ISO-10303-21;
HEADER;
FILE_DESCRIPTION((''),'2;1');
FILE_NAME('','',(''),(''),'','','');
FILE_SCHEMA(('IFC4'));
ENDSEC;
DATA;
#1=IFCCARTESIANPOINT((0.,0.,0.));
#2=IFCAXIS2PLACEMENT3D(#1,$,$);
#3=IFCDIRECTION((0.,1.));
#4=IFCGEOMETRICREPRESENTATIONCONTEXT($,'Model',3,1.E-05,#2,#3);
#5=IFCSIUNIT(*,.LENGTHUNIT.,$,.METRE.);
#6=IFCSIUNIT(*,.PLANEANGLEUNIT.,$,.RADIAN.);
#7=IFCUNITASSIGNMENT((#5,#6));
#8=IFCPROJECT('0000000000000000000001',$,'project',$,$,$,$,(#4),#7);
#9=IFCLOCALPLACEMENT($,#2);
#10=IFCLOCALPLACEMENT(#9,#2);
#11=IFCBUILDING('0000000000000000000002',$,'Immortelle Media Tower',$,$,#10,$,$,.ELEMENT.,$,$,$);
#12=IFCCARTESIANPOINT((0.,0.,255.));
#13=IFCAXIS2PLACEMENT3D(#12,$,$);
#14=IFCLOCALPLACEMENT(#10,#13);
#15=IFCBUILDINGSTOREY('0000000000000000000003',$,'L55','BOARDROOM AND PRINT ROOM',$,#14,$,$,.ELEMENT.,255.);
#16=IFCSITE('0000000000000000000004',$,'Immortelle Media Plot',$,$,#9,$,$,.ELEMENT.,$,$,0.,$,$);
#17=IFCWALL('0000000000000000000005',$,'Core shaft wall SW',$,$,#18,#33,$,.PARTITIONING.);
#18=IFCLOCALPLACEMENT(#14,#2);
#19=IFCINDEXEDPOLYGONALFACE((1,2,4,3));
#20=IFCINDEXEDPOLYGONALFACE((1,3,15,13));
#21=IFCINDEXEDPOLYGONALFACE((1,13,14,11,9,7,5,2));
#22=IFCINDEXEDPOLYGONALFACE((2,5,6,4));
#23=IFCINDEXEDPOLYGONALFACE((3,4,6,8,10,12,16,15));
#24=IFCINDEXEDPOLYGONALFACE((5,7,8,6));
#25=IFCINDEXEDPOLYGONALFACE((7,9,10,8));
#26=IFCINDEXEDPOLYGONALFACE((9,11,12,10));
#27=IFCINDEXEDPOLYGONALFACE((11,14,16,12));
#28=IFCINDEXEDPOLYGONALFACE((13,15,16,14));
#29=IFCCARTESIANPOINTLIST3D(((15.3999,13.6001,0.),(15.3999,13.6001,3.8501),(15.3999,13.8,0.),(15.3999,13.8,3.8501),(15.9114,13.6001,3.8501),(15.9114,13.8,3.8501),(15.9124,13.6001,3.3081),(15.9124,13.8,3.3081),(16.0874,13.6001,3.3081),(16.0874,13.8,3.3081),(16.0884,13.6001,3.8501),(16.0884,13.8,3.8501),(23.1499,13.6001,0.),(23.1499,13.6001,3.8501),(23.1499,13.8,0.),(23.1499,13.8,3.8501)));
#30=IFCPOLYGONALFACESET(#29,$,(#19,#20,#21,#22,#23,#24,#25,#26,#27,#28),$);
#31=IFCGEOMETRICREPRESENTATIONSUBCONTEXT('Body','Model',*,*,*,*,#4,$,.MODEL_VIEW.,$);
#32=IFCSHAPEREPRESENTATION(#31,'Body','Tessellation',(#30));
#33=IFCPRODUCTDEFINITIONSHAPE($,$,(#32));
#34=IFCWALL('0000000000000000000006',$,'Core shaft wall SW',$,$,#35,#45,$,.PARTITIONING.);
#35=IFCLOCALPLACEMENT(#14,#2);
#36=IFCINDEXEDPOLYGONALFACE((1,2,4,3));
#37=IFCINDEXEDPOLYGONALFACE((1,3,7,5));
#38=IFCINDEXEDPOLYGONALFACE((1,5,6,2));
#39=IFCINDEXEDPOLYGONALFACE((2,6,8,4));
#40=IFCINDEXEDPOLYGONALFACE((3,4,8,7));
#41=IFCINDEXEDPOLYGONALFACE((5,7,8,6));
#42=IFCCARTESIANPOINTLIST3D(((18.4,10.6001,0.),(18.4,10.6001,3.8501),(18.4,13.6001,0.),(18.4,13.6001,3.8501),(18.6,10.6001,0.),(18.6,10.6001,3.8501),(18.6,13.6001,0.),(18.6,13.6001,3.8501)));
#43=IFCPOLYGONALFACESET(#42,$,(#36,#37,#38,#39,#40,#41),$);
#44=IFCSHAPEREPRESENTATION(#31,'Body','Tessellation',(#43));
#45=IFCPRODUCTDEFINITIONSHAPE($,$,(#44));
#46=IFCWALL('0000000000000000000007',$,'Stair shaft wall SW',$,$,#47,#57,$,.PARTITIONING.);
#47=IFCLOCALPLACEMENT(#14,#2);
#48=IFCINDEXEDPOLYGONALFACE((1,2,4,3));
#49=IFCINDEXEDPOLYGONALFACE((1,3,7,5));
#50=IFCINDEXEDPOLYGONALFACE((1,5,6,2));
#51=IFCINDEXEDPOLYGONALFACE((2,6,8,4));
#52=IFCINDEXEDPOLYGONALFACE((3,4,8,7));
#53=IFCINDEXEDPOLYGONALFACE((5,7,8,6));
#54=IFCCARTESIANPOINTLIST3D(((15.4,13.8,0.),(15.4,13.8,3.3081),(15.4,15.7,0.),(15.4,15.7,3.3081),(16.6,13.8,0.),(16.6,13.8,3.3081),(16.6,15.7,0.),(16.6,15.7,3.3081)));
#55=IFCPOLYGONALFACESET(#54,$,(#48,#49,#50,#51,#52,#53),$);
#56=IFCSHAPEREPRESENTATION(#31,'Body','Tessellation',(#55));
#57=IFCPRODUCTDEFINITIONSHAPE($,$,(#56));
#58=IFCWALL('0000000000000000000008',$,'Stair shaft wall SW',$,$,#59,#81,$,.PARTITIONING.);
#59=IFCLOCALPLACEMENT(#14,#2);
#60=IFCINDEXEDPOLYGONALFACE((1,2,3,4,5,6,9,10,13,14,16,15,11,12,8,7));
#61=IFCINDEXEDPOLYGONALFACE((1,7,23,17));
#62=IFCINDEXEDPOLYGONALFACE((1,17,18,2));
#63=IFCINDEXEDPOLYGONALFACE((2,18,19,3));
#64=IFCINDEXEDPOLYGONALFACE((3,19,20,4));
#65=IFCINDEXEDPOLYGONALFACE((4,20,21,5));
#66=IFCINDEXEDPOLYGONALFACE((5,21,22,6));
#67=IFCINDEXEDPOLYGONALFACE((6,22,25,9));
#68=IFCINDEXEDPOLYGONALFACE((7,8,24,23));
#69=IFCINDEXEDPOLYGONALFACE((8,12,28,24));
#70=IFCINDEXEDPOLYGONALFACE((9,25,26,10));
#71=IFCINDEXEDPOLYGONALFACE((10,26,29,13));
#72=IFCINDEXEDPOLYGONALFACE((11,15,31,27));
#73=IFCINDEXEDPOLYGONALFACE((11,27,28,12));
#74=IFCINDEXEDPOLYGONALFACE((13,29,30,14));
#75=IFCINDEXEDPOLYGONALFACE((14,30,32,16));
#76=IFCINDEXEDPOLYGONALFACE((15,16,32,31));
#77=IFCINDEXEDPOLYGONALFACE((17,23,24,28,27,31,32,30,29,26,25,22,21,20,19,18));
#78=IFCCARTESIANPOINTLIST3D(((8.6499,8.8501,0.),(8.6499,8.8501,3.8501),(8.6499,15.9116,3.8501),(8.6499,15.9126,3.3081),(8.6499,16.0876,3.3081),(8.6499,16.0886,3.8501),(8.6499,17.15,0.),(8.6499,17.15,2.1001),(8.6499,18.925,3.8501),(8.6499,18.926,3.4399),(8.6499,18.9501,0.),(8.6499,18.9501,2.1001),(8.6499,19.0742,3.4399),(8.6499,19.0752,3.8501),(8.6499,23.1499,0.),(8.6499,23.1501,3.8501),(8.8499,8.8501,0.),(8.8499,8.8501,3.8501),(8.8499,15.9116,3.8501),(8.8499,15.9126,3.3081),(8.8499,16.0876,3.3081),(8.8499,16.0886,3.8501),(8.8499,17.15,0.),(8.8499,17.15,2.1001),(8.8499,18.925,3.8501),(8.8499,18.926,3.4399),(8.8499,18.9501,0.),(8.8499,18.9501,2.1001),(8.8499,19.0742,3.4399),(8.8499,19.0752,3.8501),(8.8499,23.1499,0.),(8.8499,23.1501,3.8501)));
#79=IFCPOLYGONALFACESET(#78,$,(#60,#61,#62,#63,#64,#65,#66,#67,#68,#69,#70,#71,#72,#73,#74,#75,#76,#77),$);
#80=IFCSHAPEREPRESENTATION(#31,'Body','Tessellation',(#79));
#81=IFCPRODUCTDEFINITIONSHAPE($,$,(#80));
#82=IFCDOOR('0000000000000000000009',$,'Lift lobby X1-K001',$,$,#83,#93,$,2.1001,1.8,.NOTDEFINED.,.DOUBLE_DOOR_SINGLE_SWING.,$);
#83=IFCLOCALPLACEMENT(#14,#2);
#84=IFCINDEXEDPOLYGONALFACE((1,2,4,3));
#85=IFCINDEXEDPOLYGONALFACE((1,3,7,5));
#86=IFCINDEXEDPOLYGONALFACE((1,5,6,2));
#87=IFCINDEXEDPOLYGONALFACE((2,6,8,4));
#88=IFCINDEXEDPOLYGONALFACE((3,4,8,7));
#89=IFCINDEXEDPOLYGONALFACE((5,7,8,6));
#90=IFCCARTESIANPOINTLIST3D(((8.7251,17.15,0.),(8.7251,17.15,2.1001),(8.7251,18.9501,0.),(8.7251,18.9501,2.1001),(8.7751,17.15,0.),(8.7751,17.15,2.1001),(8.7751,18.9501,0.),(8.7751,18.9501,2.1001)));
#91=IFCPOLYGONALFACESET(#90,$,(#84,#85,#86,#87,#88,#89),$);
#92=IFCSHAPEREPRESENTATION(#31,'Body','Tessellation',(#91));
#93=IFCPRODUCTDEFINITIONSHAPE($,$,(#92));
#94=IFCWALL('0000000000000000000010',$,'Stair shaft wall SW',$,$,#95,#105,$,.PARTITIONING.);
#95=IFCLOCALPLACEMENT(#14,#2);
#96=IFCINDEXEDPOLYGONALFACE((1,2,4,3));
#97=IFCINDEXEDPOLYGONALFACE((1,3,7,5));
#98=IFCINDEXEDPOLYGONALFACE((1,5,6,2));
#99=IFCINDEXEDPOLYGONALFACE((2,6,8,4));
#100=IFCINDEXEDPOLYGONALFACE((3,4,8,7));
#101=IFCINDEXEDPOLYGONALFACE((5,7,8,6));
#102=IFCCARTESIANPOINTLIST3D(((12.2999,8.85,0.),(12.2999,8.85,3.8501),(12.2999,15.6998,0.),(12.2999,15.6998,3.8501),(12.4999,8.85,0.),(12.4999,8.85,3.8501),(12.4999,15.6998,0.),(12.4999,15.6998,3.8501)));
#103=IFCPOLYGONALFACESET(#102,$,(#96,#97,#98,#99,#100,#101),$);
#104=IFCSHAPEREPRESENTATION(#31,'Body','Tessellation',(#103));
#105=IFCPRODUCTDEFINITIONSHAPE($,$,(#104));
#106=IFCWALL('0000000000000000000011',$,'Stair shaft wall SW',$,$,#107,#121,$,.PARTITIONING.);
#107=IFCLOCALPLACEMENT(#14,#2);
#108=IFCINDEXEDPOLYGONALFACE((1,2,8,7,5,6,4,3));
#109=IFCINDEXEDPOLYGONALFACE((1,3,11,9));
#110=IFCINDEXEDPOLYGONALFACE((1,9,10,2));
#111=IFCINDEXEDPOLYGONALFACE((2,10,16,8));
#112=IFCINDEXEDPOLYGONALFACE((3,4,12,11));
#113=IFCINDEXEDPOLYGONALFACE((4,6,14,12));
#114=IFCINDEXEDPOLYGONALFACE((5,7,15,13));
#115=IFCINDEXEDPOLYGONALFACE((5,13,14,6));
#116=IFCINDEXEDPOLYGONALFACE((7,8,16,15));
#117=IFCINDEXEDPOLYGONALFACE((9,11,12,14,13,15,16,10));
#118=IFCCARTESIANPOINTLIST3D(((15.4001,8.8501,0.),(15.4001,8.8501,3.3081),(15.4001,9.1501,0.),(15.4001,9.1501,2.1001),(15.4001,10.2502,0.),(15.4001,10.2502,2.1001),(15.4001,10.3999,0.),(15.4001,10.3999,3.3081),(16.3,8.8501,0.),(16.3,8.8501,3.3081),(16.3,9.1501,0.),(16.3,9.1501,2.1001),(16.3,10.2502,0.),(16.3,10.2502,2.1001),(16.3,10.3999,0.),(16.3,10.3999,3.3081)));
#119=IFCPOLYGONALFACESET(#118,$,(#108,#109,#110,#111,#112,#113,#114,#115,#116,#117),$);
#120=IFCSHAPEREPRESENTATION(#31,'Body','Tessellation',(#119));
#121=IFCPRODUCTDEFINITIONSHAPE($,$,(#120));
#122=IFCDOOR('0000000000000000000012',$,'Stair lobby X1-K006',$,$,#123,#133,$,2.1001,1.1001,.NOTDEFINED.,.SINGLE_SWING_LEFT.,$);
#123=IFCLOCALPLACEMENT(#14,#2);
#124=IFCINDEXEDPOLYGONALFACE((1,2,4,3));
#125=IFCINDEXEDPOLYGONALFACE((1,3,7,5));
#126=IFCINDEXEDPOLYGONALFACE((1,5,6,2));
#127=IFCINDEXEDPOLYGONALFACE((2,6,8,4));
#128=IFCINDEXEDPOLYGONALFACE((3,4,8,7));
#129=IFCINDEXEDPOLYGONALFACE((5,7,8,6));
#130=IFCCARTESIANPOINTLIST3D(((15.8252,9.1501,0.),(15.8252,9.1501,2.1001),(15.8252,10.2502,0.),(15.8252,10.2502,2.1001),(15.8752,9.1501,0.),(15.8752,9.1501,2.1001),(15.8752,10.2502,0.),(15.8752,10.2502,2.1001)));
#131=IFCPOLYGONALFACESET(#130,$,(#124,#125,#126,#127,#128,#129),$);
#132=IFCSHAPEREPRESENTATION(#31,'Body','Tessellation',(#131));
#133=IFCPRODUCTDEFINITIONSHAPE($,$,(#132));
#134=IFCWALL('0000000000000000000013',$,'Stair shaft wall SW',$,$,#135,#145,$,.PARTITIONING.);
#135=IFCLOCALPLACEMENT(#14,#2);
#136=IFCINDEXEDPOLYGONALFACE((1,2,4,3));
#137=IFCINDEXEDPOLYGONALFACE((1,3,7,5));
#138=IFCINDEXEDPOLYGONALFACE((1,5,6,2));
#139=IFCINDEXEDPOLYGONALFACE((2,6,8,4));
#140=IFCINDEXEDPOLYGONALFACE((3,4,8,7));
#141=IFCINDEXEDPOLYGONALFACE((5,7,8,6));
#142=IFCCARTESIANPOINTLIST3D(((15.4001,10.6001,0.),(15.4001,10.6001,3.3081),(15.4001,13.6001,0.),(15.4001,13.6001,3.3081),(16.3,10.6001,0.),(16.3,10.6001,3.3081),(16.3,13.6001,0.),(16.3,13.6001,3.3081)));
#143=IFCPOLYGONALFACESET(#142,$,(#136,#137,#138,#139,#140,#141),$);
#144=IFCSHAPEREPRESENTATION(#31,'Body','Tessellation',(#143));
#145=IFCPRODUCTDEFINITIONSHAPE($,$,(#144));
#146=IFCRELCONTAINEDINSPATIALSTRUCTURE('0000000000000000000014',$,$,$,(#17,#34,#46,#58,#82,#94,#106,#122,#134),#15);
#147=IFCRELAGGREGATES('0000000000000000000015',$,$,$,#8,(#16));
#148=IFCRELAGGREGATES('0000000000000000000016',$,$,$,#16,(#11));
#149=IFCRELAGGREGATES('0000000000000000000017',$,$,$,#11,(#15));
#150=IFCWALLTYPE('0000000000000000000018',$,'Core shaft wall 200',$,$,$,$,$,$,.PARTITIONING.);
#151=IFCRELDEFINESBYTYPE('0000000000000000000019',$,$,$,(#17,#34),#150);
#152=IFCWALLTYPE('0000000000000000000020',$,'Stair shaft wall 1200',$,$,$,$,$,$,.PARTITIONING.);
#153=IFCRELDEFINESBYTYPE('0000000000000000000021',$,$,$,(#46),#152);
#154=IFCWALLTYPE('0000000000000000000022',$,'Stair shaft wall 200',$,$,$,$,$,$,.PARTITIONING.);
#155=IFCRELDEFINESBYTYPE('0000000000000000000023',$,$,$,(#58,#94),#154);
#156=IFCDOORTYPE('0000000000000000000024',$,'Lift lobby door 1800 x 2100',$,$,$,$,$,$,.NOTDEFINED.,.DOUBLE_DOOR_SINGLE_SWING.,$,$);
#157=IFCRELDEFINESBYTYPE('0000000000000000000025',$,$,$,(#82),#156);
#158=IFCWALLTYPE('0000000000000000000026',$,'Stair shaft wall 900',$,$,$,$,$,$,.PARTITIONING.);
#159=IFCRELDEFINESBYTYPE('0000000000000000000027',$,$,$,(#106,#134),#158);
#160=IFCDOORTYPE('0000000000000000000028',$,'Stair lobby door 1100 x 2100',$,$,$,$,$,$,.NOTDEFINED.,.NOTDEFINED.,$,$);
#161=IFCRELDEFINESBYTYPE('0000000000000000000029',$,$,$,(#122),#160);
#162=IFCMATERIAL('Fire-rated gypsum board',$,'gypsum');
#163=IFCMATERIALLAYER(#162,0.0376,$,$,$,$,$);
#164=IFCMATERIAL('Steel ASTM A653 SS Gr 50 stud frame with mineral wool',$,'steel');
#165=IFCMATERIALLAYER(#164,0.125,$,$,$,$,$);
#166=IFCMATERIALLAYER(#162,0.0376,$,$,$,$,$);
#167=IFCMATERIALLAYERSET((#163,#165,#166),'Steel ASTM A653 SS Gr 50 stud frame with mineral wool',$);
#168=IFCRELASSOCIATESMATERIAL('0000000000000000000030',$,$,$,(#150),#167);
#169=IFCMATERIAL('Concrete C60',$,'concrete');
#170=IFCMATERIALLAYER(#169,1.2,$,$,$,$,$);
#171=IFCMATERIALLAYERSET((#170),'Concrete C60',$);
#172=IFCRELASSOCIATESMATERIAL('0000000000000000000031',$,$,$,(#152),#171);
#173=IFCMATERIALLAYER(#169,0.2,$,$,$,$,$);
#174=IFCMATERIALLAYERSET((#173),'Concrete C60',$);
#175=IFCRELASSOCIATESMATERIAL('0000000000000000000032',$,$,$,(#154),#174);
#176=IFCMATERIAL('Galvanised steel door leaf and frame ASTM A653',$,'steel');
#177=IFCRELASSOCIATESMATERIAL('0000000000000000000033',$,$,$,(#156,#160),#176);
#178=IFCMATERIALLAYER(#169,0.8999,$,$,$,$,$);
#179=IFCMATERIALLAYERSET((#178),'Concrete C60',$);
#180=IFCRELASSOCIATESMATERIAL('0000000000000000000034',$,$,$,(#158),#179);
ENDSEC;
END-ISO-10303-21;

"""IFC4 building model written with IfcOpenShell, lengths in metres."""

from ifc_helpers import new_model, si_unit, direction, frame, frame_2d, origin, place, context, subcontext, project, spatial, polyline, rectangle, outline, extrude, material, layer, layer_set, type_object, element, fill, save


model = new_model("IFC4")

# Units and contexts
model_context = context("Model", 3, precision=1e-05, world=origin(), true_north=direction((0.0, 1.0)))
body_context = subcontext(model_context, "Body", "Model", "MODEL_VIEW")
ifc_project = project(units=[si_unit("LENGTHUNIT", "METRE"), si_unit("PLANEANGLEUNIT", "RADIAN")], contexts=[model_context])

# Site, building, storey
site_placement = place(None, origin())
site = spatial("IfcSite", under=ifc_project, at=site_placement, Name="Immortelle Media Plot", CompositionType="ELEMENT", RefElevation=0.0)
building_placement = place(site_placement, origin())
building = spatial("IfcBuilding", under=site, at=building_placement, Name="Immortelle Media Tower", CompositionType="ELEMENT")
storey_placement = place(building_placement, frame((0.0, 0.0, 255.0)))
storey = spatial("IfcBuildingStorey", under=building, at=storey_placement, Name="L55", Description="BOARDROOM AND PRINT ROOM", CompositionType="ELEMENT", Elevation=255.0)

# Shared definitions
ifc_material_1 = material(Name="Fire-rated gypsum board", Category="gypsum")
ifc_layer_1 = layer(ifc_material_1, 0.0376)
ifc_material_2 = material(Name="Steel ASTM A653 SS Gr 50 stud frame with mineral wool", Category="steel")
ifc_layer_2 = layer(ifc_material_2, 0.125)
ifc_layer_3 = layer(ifc_material_1, 0.0376)
ifc_layer_set_1 = layer_set([ifc_layer_1, ifc_layer_2, ifc_layer_3], Name="Steel ASTM A653 SS Gr 50 stud frame with mineral wool")
wall_type_1 = type_object("IfcWallType", Name="Core shaft wall 200", PredefinedType="PARTITIONING", material=ifc_layer_set_1)

# Walls
wall_1_placement = place(storey_placement, frame((15.3999, 13.7, 0.0), z_axis=(0.0, 0.0, 1.0), x_axis=(1.0, 0.0, 0.0)))
element("IfcWall", 1, at=wall_1_placement, inside=storey, type_object=wall_type_1, Name="Core shaft wall SW", PredefinedType="PARTITIONING", context=body_context, shape_type="SweptSolid", body=[
    extrude(outline(polyline([(0.0, 0.0), (7.75, 0.0), (7.75, 3.8501), (0.6885, 3.8501), (0.6875, 3.3081), (0.5125, 3.3081), (0.5115, 3.8501), (0.0, 3.8501), (0.0, 0.0)])), frame((0.0, 0.1001, 0.0), z_axis=(0.0, -1.0, 0.0), x_axis=(1.0, 0.0, 0.0)), (0.0, 0.0, 1.0), 0.2),
])
wall_2_placement = place(storey_placement, frame((18.5, 10.6001, 0.0), z_axis=(0.0, 0.0, 1.0), x_axis=(0.0, 1.0, 0.0)))
element("IfcWall", 2, at=wall_2_placement, inside=storey, type_object=wall_type_1, Name="Core shaft wall SW", PredefinedType="PARTITIONING", context=body_context, shape_type="SweptSolid", body=[
    extrude(rectangle(XDim=3.0, YDim=0.2, at=frame_2d((1.5, 0.0))), origin(), (0.0, 0.0, 1.0), 3.8501),
])
ifc_material_3 = material(Name="Concrete C60", Category="concrete")
ifc_layer_4 = layer(ifc_material_3, 1.2)
ifc_layer_set_2 = layer_set([ifc_layer_4], Name="Concrete C60")
wall_type_2 = type_object("IfcWallType", Name="Stair shaft wall 1200", PredefinedType="PARTITIONING", material=ifc_layer_set_2)
wall_3_placement = place(storey_placement, frame((16.0, 13.8, 0.0), z_axis=(0.0, 0.0, 1.0), x_axis=(0.0, 1.0, 0.0)))
element("IfcWall", 3, at=wall_3_placement, inside=storey, type_object=wall_type_2, Name="Stair shaft wall SW", PredefinedType="PARTITIONING", context=body_context, shape_type="SweptSolid", body=[
    extrude(rectangle(XDim=1.8999, YDim=1.2, at=frame_2d((0.95, 0.0))), origin(), (0.0, 0.0, 1.0), 3.3081),
])

# Wall, opening, door
ifc_layer_5 = layer(ifc_material_3, 0.2)
ifc_layer_set_3 = layer_set([ifc_layer_5], Name="Concrete C60")
wall_type_3 = type_object("IfcWallType", Name="Stair shaft wall 200", PredefinedType="PARTITIONING", material=ifc_layer_set_3)
wall_4_placement = place(storey_placement, frame((8.75, 8.8501, 0.0), z_axis=(0.0, 0.0, 1.0), x_axis=(0.0, 1.0, 0.0)))
wall_4 = element("IfcWall", 4, at=wall_4_placement, inside=storey, type_object=wall_type_3, Name="Stair shaft wall SW", PredefinedType="PARTITIONING", context=body_context, shape_type="SweptSolid", body=[
    extrude(outline(polyline([(0.0, 0.0), (14.2998, 0.0), (14.3, 3.8501), (10.2251, 3.8501), (10.2241, 3.4399), (10.0759, 3.4399), (10.075, 3.8501), (7.2385, 3.8501), (7.2375, 3.3081), (7.0625, 3.3081), (7.0615, 3.8501), (0.0, 3.8501), (0.0, 0.0)])), frame((0.0, 0.1001, 0.0), z_axis=(0.0, -1.0, 0.0), x_axis=(1.0, 0.0, 0.0)), (0.0, 0.0, 1.0), 0.2),
])
opening_1_placement = place(wall_4_placement, frame((8.3, 0.0, 0.0)))
opening_1 = element("IfcOpeningElement", 5, at=opening_1_placement, cuts=wall_4, PredefinedType="OPENING", context=body_context, shape_type="SweptSolid", body=[
    extrude(rectangle(XDim=1.8, YDim=2.1001, at=frame_2d((0.8999, 1.05))), frame((0.0, 0.1099, 0.0), z_axis=(0.0, -1.0, 0.0), x_axis=(1.0, 0.0, 0.0)), (0.0, 0.0, 1.0), 0.22),
])
ifc_material_4 = material(Name="Galvanised steel door leaf and frame ASTM A653", Category="steel")
door_type_1 = type_object("IfcDoorType", Name="Lift lobby door 1800 x 2100", OperationType="DOUBLE_DOOR_SINGLE_SWING", PredefinedType="NOTDEFINED", material=ifc_material_4)
door_1_placement = place(opening_1_placement, origin())
door_1 = element("IfcDoor", 6, at=door_1_placement, inside=storey, type_object=door_type_1, Name="Lift lobby X1-K001", OperationType="DOUBLE_DOOR_SINGLE_SWING", OverallHeight=2.1001, OverallWidth=1.8, PredefinedType="NOTDEFINED", context=body_context, shape_type="SweptSolid", body=[
    extrude(rectangle(XDim=1.8, YDim=2.1001, at=frame_2d((0.8999, 1.05))), frame((0.0, 0.0249, 0.0), z_axis=(0.0, -1.0, 0.0), x_axis=(1.0, 0.0, 0.0)), (0.0, 0.0, 1.0), 0.05),
])
fill(opening_1, door_1)

# Wall
wall_5_placement = place(storey_placement, frame((12.3999, 8.8501, 0.0), z_axis=(0.0, 0.0, 1.0), x_axis=(0.0, 1.0, 0.0)))
element("IfcWall", 7, at=wall_5_placement, inside=storey, type_object=wall_type_3, Name="Stair shaft wall SW", PredefinedType="PARTITIONING", context=body_context, shape_type="SweptSolid", body=[
    extrude(rectangle(XDim=6.8499, YDim=0.2, at=frame_2d((3.4248, 0.0))), origin(), (0.0, 0.0, 1.0), 3.8501),
])

# Wall, opening, door
ifc_layer_6 = layer(ifc_material_3, 0.8999)
ifc_layer_set_4 = layer_set([ifc_layer_6], Name="Concrete C60")
wall_type_4 = type_object("IfcWallType", Name="Stair shaft wall 900", PredefinedType="PARTITIONING", material=ifc_layer_set_4)
wall_6_placement = place(storey_placement, frame((15.8501, 8.8501, 0.0), z_axis=(0.0, 0.0, 1.0), x_axis=(0.0, 1.0, 0.0)))
wall_6 = element("IfcWall", 8, at=wall_6_placement, inside=storey, type_object=wall_type_4, Name="Stair shaft wall SW", PredefinedType="PARTITIONING", context=body_context, shape_type="SweptSolid", body=[
    extrude(rectangle(XDim=1.5498, YDim=0.8999, at=frame_2d((0.7749, 0.0))), origin(), (0.0, 0.0, 1.0), 3.3081),
])
opening_2_placement = place(wall_6_placement, frame((0.3, 0.0, 0.0)))
opening_2 = element("IfcOpeningElement", 9, at=opening_2_placement, cuts=wall_6, PredefinedType="OPENING", context=body_context, shape_type="SweptSolid", body=[
    extrude(rectangle(XDim=1.1001, YDim=2.1001, at=frame_2d((0.55, 1.05))), frame((0.0, 0.46, 0.0), z_axis=(0.0, -1.0, 0.0), x_axis=(1.0, 0.0, 0.0)), (0.0, 0.0, 1.0), 0.9199),
])
door_type_2 = type_object("IfcDoorType", Name="Stair lobby door 1100 x 2100", OperationType="NOTDEFINED", PredefinedType="NOTDEFINED", material=ifc_material_4)
door_2_placement = place(opening_2_placement, origin())
door_2 = element("IfcDoor", 10, at=door_2_placement, inside=storey, type_object=door_type_2, Name="Stair lobby X1-K006", OperationType="SINGLE_SWING_LEFT", OverallHeight=2.1001, OverallWidth=1.1001, PredefinedType="NOTDEFINED", context=body_context, shape_type="SweptSolid", body=[
    extrude(rectangle(XDim=1.1001, YDim=2.1001, at=frame_2d((0.55, 1.05))), frame((0.0, 0.0249, 0.0), z_axis=(0.0, -1.0, 0.0), x_axis=(1.0, 0.0, 0.0)), (0.0, 0.0, 1.0), 0.05),
])
fill(opening_2, door_2)

# Wall
wall_7_placement = place(storey_placement, frame((15.8501, 10.6001, 0.0), z_axis=(0.0, 0.0, 1.0), x_axis=(0.0, 1.0, 0.0)))
element("IfcWall", 11, at=wall_7_placement, inside=storey, type_object=wall_type_4, Name="Stair shaft wall SW", PredefinedType="PARTITIONING", context=body_context, shape_type="SweptSolid", body=[
    extrude(rectangle(XDim=3.0, YDim=0.8999, at=frame_2d((1.5, 0.0))), origin(), (0.0, 0.0, 1.0), 3.3081),
])

save(model, "model.ifc")
